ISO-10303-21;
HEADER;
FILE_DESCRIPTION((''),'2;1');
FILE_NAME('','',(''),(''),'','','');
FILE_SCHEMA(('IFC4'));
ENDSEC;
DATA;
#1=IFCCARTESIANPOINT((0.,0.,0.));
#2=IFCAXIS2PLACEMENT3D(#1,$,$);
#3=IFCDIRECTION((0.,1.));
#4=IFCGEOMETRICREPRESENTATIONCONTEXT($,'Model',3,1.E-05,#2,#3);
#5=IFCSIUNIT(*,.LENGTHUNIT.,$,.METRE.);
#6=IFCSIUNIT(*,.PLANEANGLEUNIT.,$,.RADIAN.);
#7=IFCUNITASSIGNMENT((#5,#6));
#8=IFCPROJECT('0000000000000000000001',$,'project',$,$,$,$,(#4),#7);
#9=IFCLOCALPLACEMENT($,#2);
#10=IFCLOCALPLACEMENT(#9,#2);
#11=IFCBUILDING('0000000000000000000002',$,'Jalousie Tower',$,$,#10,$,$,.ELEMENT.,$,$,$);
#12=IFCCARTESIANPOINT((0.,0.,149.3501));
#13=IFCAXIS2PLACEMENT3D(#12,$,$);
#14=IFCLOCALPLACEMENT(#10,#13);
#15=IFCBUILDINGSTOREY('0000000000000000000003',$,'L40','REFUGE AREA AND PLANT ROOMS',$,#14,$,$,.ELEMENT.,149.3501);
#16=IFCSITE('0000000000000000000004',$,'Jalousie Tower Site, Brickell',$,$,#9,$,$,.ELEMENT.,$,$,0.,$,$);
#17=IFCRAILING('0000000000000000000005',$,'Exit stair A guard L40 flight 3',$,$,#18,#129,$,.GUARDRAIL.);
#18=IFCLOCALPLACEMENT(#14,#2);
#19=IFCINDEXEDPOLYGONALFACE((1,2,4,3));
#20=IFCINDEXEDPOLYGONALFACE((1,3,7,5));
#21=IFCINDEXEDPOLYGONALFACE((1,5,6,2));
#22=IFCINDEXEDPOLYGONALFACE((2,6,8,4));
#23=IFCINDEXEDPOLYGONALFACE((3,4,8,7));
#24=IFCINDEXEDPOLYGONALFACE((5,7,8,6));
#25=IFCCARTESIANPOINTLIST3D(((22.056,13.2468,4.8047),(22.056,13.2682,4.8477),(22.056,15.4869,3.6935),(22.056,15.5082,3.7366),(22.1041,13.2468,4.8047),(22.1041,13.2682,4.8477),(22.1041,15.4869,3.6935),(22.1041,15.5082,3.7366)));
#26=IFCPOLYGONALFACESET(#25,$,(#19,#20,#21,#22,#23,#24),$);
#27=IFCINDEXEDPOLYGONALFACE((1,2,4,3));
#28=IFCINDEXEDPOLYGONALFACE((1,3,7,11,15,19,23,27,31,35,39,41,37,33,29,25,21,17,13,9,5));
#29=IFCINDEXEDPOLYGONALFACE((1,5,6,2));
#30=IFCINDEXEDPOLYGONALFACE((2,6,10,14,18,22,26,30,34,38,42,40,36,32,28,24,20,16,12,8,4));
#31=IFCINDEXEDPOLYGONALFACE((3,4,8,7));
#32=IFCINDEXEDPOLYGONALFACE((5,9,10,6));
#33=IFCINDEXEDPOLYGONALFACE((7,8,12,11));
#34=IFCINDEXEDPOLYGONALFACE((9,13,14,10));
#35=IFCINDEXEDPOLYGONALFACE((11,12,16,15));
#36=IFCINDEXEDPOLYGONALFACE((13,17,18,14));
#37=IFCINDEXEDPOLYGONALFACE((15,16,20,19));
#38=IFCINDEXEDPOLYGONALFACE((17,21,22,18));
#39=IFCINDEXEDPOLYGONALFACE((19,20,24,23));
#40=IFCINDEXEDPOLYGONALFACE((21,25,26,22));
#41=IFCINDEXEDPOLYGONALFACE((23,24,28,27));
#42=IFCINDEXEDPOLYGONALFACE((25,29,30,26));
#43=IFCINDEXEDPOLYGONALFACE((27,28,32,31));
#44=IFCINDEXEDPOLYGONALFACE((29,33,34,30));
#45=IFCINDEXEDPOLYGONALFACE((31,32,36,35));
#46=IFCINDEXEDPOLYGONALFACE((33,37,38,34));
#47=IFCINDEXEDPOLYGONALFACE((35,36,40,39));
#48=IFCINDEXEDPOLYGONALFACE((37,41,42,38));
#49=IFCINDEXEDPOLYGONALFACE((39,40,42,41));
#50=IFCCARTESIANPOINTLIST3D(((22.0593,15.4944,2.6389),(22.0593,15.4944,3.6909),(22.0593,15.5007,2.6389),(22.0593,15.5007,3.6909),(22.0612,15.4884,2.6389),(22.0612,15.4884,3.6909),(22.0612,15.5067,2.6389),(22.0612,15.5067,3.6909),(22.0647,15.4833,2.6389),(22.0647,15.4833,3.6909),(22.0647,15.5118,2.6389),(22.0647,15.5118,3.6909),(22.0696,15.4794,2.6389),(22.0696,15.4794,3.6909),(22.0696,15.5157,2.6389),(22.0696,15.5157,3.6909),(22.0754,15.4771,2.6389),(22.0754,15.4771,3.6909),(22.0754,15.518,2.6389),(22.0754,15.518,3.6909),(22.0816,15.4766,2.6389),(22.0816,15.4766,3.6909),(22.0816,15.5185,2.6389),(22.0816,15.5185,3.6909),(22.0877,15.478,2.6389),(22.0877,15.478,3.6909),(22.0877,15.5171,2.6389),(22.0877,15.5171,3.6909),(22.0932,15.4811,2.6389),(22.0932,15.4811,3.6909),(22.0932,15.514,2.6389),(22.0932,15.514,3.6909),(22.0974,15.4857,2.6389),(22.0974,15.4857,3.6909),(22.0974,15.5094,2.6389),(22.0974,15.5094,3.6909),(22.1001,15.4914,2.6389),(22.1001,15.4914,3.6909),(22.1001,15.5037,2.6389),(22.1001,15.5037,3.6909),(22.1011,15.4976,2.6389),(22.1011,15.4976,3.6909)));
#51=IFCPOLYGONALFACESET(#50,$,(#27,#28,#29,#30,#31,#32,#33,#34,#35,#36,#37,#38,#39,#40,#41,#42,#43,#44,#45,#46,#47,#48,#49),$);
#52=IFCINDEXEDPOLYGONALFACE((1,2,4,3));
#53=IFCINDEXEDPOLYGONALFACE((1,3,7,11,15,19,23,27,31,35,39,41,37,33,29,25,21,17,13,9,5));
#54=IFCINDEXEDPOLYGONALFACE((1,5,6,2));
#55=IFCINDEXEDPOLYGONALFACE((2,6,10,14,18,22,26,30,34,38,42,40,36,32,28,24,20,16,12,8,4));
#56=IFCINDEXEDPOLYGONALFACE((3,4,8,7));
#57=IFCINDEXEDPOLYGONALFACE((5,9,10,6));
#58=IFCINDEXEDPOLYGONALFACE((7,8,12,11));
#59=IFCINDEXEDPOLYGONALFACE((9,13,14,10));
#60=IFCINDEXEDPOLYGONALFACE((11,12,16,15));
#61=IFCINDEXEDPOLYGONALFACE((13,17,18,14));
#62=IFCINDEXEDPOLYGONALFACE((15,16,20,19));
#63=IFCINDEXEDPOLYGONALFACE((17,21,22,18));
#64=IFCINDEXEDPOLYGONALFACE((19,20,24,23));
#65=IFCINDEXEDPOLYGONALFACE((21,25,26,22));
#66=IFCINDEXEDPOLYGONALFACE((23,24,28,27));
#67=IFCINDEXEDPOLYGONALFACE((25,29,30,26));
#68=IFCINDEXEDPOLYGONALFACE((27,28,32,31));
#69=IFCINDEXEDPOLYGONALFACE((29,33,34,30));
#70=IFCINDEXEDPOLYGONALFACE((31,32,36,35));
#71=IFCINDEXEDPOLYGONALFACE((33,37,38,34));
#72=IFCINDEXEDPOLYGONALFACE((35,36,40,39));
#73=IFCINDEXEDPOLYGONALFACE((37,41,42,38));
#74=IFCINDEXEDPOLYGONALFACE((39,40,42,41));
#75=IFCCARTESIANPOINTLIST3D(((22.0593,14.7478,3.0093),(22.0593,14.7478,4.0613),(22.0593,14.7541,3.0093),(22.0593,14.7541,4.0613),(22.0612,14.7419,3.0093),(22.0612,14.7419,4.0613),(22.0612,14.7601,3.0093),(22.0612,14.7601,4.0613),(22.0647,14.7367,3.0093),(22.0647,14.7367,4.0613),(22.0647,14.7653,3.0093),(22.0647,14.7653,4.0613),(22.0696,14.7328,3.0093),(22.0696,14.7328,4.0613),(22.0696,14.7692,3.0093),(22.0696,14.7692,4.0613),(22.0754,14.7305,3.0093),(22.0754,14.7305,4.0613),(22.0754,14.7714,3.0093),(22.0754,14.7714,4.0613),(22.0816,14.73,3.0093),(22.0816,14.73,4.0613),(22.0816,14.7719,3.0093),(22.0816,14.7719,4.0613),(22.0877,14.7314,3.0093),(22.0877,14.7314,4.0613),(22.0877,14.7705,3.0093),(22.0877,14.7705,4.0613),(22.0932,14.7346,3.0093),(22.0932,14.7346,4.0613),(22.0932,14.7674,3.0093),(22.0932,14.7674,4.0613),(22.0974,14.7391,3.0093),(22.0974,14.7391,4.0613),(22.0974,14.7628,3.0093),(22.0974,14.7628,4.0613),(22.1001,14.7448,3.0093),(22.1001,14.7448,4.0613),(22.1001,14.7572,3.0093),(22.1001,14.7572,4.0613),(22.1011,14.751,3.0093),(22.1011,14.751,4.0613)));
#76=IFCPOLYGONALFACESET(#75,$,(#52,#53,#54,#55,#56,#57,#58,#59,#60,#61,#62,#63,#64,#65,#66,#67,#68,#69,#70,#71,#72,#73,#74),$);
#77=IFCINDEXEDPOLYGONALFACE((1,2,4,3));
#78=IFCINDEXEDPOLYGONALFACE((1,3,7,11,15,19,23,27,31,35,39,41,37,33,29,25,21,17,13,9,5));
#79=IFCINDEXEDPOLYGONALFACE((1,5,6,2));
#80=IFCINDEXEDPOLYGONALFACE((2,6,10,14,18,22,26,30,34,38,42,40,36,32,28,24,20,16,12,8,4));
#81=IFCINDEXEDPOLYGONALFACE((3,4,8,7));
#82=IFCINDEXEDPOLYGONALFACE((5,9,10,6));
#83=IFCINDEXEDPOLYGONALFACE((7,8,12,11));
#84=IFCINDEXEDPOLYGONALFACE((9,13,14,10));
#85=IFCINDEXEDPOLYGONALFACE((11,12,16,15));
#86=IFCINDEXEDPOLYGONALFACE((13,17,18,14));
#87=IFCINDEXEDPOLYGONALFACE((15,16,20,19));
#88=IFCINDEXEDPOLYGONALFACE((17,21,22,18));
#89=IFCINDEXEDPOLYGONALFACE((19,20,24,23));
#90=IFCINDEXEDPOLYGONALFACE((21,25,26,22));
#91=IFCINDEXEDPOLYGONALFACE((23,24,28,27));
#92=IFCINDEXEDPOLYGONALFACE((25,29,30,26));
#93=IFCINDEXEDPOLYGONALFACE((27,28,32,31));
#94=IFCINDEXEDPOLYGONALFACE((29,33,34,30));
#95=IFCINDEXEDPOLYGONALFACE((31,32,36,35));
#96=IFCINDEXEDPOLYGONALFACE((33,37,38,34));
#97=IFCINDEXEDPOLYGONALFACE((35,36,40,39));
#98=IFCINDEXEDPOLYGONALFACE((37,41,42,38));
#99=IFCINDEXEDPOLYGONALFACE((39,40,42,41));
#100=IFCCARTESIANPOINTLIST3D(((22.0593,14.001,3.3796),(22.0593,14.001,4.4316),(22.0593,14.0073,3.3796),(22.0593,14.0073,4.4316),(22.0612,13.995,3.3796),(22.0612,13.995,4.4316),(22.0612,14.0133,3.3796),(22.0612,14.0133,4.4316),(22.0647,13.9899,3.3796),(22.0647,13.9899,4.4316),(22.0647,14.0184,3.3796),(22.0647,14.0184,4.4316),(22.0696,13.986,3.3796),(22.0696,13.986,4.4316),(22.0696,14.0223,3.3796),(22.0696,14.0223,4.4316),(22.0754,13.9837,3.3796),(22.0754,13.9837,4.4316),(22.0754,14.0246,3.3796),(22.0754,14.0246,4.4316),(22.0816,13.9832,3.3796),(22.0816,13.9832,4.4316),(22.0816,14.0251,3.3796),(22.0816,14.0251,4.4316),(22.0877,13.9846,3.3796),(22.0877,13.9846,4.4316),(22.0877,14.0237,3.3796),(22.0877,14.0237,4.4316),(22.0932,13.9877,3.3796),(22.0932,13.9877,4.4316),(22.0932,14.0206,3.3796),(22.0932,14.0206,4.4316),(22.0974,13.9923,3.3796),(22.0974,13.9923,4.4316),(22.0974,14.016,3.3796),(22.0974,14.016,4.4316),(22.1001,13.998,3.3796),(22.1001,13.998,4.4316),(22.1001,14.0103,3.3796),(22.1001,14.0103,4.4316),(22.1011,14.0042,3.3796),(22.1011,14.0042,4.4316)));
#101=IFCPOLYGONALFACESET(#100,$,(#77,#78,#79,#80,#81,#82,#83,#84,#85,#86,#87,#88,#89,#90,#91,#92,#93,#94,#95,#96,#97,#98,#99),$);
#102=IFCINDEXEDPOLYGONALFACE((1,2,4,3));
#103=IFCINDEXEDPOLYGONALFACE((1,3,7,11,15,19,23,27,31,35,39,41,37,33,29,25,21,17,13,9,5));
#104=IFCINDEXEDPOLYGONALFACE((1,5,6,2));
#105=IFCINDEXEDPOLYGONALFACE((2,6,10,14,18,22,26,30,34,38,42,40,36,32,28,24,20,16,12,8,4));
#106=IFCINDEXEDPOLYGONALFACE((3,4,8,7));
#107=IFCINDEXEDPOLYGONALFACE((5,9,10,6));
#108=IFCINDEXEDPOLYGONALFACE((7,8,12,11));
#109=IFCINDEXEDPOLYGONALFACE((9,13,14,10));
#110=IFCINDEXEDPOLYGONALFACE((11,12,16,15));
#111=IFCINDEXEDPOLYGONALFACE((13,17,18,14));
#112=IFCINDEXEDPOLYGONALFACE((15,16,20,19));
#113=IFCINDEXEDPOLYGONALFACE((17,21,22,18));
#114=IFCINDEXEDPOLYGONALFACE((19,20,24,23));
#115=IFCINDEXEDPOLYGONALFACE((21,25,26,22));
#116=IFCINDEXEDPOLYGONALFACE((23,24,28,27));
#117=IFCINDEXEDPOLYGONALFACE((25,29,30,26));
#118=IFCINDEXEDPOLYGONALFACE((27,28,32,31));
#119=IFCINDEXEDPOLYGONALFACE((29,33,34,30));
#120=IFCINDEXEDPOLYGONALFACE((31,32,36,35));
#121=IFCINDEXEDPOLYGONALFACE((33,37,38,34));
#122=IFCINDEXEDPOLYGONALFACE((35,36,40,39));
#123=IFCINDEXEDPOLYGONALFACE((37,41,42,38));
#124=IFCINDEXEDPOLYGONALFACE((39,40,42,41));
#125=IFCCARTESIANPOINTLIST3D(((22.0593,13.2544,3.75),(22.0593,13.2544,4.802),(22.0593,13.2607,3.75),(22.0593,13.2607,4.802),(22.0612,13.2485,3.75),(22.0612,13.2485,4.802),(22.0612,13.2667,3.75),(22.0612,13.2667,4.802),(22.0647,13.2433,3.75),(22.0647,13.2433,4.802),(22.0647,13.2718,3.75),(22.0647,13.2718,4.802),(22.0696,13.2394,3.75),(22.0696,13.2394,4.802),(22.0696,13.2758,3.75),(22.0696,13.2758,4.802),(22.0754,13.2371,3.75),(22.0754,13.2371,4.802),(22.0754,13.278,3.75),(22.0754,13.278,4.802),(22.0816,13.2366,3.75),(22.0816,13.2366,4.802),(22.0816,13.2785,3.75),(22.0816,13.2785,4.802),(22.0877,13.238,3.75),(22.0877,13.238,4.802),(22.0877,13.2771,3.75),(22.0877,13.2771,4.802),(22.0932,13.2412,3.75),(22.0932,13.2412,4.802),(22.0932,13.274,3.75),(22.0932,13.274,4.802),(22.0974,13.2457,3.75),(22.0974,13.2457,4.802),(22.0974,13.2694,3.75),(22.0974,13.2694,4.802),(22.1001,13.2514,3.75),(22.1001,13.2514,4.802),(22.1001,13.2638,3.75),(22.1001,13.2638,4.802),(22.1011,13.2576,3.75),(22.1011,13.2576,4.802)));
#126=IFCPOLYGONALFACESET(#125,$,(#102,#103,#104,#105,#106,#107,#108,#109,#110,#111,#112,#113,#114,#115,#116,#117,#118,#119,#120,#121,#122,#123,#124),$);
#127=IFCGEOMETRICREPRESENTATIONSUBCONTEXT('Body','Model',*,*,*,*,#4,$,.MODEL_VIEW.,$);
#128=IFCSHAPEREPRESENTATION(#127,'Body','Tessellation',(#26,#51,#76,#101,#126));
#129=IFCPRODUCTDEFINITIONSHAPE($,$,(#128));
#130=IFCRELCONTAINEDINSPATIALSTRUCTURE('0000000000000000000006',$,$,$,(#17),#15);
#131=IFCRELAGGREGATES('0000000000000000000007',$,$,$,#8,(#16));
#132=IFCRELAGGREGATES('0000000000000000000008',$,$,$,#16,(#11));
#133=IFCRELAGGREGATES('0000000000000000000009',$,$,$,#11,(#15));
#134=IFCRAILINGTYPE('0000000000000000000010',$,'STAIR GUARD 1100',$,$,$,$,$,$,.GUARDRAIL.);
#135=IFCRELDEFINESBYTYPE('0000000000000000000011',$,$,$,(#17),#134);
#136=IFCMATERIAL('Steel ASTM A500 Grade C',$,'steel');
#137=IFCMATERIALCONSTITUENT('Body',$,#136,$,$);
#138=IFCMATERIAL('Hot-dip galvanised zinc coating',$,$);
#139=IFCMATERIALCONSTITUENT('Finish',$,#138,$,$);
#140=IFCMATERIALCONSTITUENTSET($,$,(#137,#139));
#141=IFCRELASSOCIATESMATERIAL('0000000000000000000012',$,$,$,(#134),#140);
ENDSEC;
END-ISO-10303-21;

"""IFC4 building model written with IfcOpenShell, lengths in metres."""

from ifc_helpers import new_model, si_unit, direction, frame, origin, origin_2d, place, context, subcontext, project, spatial, rectangle, circle, extrude, material, constituent, constituent_set, type_object, element, save


model = new_model("IFC4")

# Units and contexts
model_context = context("Model", 3, precision=1e-05, world=origin(), true_north=direction((0.0, 1.0)))
body_context = subcontext(model_context, "Body", "Model", "MODEL_VIEW")
ifc_project = project(units=[si_unit("LENGTHUNIT", "METRE"), si_unit("PLANEANGLEUNIT", "RADIAN")], contexts=[model_context])

# Site, building, storey
site_placement = place(None, origin())
site = spatial("IfcSite", under=ifc_project, at=site_placement, Name="Jalousie Tower Site, Brickell", CompositionType="ELEMENT", RefElevation=0.0)
building_placement = place(site_placement, origin())
building = spatial("IfcBuilding", under=site, at=building_placement, Name="Jalousie Tower", CompositionType="ELEMENT")
storey_placement = place(building_placement, frame((0.0, 0.0, 149.3501)))
storey = spatial("IfcBuildingStorey", under=building, at=storey_placement, Name="L40", Description="REFUGE AREA AND PLANT ROOMS", CompositionType="ELEMENT", Elevation=149.3501)

# Railing
ifc_material_1 = material(Name="Steel ASTM A500 Grade C", Category="steel")
ifc_constituent_1 = constituent(ifc_material_1, Name="Body")
ifc_material_2 = material(Name="Hot-dip galvanised zinc coating")
ifc_constituent_2 = constituent(ifc_material_2, Name="Finish")
ifc_constituent_set_1 = constituent_set(constituents=[ifc_constituent_1, ifc_constituent_2])
railing_type_1 = type_object("IfcRailingType", Name="STAIR GUARD 1100", PredefinedType="GUARDRAIL", material=ifc_constituent_set_1)
railing_1_placement = place(storey_placement, frame((22.0801, 15.4976, 2.6389)))
element("IfcRailing", 1, at=railing_1_placement, inside=storey, type_object=railing_type_1, Name="Exit stair A guard L40 flight 3", PredefinedType="GUARDRAIL", context=body_context, shape_type="SweptSolid", body=[
    extrude(rectangle(XDim=0.0481, YDim=0.0481, at=origin_2d()), frame((0.0, 0.0, 1.0762), z_axis=(0.0, -0.895848, 0.44436), x_axis=(1.0, 0.0, 0.0)), (0.0, 0.0, 1.0), 2.5005),
    extrude(circle(Radius=0.021, at=origin_2d()), origin(), (0.0, 0.0, 1.0), 1.052),
    extrude(circle(Radius=0.021, at=origin_2d()), frame((0.0, -0.7466, 0.3704)), (0.0, 0.0, 1.0), 1.052),
    extrude(circle(Radius=0.021, at=origin_2d()), frame((0.0, -1.4934, 0.7407)), (0.0, 0.0, 1.0), 1.052),
    extrude(circle(Radius=0.021, at=origin_2d()), frame((0.0, -2.24, 1.1111)), (0.0, 0.0, 1.0), 1.052),
])

save(model, "model.ifc")
